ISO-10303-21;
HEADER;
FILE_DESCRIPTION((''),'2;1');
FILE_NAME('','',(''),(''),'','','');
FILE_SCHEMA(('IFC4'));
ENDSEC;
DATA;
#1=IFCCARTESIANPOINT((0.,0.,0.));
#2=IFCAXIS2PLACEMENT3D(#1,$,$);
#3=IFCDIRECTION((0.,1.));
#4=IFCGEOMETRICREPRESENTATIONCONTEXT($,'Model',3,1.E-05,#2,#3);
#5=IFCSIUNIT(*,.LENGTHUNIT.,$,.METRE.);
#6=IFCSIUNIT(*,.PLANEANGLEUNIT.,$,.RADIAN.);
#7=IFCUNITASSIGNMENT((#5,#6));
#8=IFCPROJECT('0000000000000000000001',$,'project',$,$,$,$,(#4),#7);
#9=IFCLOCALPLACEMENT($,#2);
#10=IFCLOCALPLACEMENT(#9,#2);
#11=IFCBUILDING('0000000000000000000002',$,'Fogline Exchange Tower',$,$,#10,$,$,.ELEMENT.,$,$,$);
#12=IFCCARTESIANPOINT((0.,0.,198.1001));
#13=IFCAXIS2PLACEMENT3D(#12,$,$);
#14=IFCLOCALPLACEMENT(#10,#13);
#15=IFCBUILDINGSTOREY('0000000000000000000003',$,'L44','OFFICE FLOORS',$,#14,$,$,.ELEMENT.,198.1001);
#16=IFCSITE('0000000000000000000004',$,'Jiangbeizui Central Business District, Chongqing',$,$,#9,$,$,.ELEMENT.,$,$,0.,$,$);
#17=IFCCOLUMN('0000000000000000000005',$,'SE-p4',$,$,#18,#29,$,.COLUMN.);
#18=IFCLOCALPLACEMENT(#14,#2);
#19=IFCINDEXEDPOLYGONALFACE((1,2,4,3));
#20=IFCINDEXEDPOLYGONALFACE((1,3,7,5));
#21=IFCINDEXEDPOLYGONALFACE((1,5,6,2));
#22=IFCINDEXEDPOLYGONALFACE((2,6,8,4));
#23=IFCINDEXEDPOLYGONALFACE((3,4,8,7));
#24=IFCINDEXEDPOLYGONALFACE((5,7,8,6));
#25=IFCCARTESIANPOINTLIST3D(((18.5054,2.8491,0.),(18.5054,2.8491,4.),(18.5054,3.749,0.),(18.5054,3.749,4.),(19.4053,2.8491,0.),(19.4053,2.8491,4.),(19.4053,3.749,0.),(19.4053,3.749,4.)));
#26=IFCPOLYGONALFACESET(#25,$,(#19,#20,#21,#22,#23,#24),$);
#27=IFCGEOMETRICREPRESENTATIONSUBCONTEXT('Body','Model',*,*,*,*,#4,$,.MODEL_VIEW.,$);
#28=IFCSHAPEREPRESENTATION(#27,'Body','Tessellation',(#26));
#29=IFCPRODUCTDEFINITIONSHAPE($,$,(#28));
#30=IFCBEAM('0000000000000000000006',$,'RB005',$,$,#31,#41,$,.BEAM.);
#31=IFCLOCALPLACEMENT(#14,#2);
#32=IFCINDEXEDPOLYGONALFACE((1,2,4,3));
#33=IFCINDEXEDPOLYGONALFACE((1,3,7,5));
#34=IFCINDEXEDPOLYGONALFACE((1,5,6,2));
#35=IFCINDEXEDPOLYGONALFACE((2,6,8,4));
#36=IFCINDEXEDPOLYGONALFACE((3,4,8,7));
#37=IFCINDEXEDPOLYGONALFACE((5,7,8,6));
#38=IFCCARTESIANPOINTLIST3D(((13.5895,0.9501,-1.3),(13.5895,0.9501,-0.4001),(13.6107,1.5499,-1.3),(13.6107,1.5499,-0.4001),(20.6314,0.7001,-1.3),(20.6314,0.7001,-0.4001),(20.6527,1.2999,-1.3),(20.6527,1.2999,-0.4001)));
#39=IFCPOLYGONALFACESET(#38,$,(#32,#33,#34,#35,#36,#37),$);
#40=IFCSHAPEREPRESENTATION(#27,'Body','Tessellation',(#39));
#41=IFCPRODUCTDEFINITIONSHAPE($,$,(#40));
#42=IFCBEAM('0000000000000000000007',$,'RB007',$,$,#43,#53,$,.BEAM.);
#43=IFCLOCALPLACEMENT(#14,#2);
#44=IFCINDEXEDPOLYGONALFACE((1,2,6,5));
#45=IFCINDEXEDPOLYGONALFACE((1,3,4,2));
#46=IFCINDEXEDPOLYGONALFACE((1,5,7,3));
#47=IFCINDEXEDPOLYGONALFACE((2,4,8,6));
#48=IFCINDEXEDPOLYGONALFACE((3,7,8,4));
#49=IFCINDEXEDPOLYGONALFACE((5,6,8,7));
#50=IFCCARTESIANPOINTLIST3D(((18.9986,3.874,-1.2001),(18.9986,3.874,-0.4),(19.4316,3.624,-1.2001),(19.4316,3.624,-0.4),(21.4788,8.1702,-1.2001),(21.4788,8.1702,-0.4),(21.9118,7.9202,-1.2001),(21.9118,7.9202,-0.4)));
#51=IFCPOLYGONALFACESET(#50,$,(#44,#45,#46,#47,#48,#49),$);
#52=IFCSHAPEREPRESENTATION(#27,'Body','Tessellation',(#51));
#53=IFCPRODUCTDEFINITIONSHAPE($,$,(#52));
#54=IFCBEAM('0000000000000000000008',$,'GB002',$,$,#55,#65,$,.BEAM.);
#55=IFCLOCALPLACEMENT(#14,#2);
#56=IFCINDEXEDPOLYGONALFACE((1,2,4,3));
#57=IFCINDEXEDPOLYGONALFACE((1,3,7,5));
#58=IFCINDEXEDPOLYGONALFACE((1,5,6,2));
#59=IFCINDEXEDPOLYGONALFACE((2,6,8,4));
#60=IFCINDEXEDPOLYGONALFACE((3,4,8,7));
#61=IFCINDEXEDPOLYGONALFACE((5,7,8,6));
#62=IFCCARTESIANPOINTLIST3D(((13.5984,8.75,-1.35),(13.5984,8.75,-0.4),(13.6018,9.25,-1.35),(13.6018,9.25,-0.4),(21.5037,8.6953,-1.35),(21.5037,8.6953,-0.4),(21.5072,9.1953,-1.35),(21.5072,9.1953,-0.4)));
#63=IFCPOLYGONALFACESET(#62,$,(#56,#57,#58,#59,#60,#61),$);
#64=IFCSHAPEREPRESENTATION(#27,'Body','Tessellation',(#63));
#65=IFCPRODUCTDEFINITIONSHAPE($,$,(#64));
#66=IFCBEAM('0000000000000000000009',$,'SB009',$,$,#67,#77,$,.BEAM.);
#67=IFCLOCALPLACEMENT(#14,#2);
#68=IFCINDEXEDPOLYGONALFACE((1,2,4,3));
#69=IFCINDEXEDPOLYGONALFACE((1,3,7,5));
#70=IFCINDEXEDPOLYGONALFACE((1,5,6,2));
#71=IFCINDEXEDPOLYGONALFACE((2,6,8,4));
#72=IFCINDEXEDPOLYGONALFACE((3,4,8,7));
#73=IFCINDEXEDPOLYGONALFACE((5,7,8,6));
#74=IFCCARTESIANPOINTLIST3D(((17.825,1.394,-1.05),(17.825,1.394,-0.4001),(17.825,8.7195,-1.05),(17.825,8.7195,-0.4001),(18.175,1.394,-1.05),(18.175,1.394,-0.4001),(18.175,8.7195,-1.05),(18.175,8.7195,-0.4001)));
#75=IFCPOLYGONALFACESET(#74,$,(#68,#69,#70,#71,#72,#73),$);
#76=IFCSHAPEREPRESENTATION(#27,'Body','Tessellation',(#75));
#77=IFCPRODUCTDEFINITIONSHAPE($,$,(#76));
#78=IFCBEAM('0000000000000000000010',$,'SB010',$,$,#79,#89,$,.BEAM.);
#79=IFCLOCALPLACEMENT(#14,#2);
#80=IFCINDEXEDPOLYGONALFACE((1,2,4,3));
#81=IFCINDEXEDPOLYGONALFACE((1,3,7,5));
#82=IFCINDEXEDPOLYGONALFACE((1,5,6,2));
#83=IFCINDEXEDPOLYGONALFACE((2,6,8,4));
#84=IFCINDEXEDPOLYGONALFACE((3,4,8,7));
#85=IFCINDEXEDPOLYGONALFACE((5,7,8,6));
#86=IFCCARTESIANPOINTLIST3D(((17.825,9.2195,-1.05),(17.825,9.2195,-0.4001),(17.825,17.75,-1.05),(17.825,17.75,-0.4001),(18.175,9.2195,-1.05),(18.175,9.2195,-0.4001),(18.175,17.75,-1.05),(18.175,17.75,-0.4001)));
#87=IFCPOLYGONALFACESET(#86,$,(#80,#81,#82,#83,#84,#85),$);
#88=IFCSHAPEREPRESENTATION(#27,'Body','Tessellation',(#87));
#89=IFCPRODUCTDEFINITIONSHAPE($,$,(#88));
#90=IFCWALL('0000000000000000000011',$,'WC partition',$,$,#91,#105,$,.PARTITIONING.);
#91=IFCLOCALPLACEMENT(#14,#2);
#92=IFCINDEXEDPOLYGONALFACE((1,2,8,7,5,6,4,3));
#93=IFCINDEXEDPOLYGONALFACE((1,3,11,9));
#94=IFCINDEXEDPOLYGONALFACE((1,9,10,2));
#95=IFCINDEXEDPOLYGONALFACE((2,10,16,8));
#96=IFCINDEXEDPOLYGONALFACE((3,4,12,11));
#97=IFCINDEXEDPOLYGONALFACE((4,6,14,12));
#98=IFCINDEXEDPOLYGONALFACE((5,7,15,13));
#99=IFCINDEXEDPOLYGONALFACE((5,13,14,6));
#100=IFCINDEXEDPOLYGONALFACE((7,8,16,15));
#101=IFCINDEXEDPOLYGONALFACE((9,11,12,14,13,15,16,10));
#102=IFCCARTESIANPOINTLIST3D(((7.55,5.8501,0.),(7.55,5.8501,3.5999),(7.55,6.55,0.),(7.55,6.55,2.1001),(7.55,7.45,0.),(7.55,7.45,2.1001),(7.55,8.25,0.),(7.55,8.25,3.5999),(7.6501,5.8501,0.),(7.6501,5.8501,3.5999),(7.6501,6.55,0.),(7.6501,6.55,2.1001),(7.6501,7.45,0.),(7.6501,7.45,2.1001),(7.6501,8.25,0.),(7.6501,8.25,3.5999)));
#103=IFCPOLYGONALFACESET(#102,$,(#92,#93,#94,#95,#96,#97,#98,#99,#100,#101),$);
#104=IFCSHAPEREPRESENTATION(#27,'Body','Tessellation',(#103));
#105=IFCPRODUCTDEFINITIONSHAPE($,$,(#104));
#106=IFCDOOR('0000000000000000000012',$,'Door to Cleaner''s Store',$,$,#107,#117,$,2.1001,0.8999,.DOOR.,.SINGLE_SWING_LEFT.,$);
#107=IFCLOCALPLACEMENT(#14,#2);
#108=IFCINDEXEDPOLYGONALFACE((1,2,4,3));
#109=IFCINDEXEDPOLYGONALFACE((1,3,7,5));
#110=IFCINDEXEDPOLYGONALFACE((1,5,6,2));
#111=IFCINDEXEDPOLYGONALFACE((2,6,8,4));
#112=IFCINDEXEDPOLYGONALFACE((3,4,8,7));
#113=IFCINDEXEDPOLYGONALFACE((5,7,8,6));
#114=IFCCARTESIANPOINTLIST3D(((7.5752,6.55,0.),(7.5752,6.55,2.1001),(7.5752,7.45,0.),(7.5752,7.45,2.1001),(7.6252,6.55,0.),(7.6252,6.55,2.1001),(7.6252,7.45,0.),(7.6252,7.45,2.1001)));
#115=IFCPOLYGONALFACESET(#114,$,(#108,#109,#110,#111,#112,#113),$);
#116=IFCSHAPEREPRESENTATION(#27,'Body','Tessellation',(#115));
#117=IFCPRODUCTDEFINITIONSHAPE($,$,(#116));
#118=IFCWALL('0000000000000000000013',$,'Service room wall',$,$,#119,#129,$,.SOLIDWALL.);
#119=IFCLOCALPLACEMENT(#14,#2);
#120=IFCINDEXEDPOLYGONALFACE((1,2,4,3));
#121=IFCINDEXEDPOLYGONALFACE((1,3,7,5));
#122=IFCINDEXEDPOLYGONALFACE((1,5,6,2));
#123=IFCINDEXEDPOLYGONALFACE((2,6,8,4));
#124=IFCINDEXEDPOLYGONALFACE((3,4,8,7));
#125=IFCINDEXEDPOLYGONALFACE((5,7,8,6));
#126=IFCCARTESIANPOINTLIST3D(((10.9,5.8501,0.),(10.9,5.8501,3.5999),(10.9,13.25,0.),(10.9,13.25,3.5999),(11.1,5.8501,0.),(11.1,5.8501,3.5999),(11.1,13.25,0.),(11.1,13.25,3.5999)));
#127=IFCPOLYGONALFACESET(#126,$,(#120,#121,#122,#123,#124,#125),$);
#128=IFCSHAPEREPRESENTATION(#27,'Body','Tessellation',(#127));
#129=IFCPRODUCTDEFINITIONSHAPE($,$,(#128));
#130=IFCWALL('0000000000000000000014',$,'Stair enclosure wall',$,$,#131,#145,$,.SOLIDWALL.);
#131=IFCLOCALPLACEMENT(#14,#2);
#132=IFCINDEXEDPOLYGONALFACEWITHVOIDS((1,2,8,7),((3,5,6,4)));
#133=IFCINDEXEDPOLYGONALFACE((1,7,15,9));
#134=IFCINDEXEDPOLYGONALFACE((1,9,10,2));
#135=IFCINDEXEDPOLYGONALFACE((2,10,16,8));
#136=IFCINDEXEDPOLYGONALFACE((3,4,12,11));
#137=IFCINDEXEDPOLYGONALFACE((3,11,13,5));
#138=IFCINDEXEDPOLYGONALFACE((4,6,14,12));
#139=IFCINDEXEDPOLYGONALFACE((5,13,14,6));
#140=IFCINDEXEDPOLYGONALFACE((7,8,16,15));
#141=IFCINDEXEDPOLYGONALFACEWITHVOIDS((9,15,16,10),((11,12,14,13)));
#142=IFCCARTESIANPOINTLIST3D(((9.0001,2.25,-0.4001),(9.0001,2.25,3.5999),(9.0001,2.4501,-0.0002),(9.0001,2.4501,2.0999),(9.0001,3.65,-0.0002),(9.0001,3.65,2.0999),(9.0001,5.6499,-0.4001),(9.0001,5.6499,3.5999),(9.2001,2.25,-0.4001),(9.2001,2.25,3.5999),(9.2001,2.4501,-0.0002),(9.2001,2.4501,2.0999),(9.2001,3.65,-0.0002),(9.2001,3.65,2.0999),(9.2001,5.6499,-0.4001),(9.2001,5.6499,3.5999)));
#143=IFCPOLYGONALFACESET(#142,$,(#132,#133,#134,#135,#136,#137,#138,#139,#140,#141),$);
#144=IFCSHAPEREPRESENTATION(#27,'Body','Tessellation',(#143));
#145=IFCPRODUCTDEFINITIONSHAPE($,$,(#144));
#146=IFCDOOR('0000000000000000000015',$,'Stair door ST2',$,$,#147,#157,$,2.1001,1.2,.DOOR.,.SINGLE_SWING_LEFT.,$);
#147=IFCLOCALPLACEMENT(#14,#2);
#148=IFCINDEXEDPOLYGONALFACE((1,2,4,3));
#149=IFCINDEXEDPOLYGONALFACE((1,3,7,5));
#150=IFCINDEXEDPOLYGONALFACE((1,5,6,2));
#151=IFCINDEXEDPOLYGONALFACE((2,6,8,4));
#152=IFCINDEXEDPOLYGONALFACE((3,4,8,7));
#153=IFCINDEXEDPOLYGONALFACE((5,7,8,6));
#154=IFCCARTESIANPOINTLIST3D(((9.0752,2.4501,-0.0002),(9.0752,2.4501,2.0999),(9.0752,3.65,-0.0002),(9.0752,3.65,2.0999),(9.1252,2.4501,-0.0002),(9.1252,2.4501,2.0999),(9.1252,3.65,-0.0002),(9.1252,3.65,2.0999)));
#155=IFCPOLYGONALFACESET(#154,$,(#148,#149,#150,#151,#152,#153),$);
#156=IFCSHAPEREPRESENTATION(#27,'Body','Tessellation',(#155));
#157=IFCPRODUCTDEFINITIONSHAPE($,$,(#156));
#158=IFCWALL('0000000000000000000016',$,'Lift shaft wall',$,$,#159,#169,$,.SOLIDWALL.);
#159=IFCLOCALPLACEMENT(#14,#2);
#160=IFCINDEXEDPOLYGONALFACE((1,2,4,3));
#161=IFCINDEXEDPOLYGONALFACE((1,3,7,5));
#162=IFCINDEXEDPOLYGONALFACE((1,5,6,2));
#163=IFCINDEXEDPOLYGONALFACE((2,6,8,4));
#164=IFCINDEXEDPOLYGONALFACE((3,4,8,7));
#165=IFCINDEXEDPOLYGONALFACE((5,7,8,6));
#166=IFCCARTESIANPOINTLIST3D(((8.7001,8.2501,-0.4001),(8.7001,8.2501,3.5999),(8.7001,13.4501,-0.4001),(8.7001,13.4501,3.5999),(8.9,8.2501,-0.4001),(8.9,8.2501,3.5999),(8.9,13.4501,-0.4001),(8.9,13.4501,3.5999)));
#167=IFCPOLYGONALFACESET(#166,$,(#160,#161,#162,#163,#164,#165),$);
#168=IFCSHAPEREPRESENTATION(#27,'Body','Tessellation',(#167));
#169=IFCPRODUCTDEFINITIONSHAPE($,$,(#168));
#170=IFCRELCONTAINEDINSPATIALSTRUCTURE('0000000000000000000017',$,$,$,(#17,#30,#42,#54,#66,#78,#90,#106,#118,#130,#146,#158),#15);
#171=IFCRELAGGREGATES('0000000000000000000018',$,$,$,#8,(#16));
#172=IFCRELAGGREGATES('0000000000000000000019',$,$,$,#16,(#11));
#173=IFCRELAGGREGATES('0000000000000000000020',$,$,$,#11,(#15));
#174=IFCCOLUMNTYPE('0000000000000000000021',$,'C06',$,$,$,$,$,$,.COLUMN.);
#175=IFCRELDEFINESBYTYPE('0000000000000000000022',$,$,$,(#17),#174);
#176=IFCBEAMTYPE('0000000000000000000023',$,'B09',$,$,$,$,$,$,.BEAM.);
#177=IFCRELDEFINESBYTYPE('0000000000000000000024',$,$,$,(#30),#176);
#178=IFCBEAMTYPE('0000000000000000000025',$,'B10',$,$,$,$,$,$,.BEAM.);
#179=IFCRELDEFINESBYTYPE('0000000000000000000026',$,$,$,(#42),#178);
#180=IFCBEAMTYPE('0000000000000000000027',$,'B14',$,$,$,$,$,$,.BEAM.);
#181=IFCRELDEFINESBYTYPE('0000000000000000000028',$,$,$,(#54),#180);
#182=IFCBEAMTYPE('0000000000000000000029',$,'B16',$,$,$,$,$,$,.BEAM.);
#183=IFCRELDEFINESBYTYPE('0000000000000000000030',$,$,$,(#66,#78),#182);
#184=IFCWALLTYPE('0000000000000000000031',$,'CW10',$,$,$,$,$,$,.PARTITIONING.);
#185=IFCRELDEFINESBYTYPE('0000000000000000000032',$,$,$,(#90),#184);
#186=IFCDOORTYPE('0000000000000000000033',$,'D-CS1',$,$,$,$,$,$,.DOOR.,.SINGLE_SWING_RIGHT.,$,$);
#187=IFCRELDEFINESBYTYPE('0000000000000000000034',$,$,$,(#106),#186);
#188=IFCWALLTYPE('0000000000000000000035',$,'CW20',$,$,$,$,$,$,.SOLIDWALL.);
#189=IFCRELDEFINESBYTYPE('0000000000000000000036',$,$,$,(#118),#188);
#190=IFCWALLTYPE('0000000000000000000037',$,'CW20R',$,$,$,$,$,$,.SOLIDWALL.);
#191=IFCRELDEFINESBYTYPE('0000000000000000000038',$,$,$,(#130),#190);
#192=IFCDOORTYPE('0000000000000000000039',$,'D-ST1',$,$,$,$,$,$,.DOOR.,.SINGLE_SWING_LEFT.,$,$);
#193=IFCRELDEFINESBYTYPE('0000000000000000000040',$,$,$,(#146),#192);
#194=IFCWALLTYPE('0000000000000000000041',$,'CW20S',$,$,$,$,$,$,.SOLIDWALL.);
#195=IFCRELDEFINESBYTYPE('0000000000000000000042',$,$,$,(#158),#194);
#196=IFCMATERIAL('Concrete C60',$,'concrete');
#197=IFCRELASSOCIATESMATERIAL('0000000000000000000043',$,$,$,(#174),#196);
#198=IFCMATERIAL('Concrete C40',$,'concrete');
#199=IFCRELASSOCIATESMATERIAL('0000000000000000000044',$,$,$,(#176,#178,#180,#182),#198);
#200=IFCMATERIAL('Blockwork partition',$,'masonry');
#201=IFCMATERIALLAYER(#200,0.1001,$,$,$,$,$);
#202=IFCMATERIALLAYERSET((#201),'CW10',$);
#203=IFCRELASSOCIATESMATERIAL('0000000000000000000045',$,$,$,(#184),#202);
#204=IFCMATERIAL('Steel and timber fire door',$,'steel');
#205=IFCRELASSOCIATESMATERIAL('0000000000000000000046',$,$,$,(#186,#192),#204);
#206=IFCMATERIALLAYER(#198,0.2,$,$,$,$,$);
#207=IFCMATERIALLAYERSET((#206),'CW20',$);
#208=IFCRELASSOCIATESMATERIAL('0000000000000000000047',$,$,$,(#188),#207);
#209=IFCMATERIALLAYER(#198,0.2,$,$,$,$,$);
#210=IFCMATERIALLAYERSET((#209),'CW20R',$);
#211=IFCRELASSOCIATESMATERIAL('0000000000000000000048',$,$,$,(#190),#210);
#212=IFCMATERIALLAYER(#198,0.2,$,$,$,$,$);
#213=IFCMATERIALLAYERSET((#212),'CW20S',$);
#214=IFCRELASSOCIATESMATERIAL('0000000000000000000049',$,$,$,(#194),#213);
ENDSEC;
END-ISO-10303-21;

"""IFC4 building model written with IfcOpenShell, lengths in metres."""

from ifc_helpers import new_model, si_unit, direction, frame, frame_2d, origin, origin_2d, place, context, subcontext, project, spatial, rectangle, extrude, material, layer, layer_set, material_profile, profile_set, type_object, element, fill, save


model = new_model("IFC4")

# Units and contexts
model_context = context("Model", 3, precision=1e-05, world=origin(), true_north=direction((0.0, 1.0)))
body_context = subcontext(model_context, "Body", "Model", "MODEL_VIEW")
ifc_project = project(units=[si_unit("LENGTHUNIT", "METRE"), si_unit("PLANEANGLEUNIT", "RADIAN")], contexts=[model_context])

# Site, building, storey
site_placement = place(None, origin())
site = spatial("IfcSite", under=ifc_project, at=site_placement, Name="Jiangbeizui Central Business District, Chongqing", CompositionType="ELEMENT", RefElevation=0.0)
building_placement = place(site_placement, origin())
building = spatial("IfcBuilding", under=site, at=building_placement, Name="Fogline Exchange Tower", CompositionType="ELEMENT")
storey_placement = place(building_placement, frame((0.0, 0.0, 198.1001)))
storey = spatial("IfcBuildingStorey", under=building, at=storey_placement, Name="L44", Description="OFFICE FLOORS", CompositionType="ELEMENT", Elevation=198.1001)

# Column
ifc_material_1 = material(Name="Concrete C60", Category="concrete")
ifc_material_profile_1 = material_profile(ifc_material_1, rectangle(XDim=0.8999, YDim=0.8999, at=origin_2d()), Name="RC 900x900")
ifc_profile_set_1 = profile_set([ifc_material_profile_1], Name="Concrete C60")
column_type = type_object("IfcColumnType", Name="C06", PredefinedType="COLUMN", material=ifc_profile_set_1)
column_placement = place(storey_placement, frame((18.9553, 3.2991, 0.0), z_axis=(0.0, 0.0, 1.0), x_axis=(1.0, 0.0, 0.0)))
element("IfcColumn", 1, at=column_placement, inside=storey, type_object=column_type, Name="SE-p4", PredefinedType="COLUMN", context=body_context, shape_type="SweptSolid", body=[
    extrude(rectangle(XDim=0.8999, YDim=0.8999, at=origin_2d()), origin(), (0.0, 0.0, 1.0), 4.0),
])

# Beams
ifc_material_2 = material(Name="Concrete C40", Category="concrete")
ifc_material_profile_2 = material_profile(ifc_material_2, rectangle(XDim=0.6001, YDim=0.8999, at=origin_2d()), Name="RC 600x900")
ifc_profile_set_2 = profile_set([ifc_material_profile_2], Name="Concrete C40")
beam_type_1 = type_object("IfcBeamType", Name="B09", PredefinedType="BEAM", material=ifc_profile_set_2)
beam_1_placement = place(storey_placement, frame((13.6001, 1.25, -0.8501), z_axis=(0.99937, -0.035479, 0.0), x_axis=(0.035479, 0.99937, 0.0)))
element("IfcBeam", 2, at=beam_1_placement, inside=storey, type_object=beam_type_1, Name="RB005", PredefinedType="BEAM", context=body_context, shape_type="SweptSolid", body=[
    extrude(rectangle(XDim=0.6001, YDim=0.8999, at=origin_2d()), origin(), (0.0, 0.0, 1.0), 7.0464),
])
ifc_material_profile_3 = material_profile(ifc_material_2, rectangle(XDim=0.5, YDim=0.8, at=origin_2d()), Name="RC 500x800")
ifc_profile_set_3 = profile_set([ifc_material_profile_3], Name="Concrete C40")
beam_type_2 = type_object("IfcBeamType", Name="B10", PredefinedType="BEAM", material=ifc_profile_set_3)
beam_2_placement = place(storey_placement, frame((19.2151, 3.749, -0.8), z_axis=(0.499977, 0.866039, 0.0), x_axis=(-0.866039, 0.499977, 0.0)))
element("IfcBeam", 3, at=beam_2_placement, inside=storey, type_object=beam_type_2, Name="RB007", PredefinedType="BEAM", context=body_context, shape_type="SweptSolid", body=[
    extrude(rectangle(XDim=0.5, YDim=0.8, at=origin_2d()), origin(), (0.0, 0.0, 1.0), 4.9607),
])
ifc_material_profile_4 = material_profile(ifc_material_2, rectangle(XDim=0.5, YDim=0.95, at=origin_2d()), Name="RC 500x950")
ifc_profile_set_4 = profile_set([ifc_material_profile_4], Name="Concrete C40")
beam_type_3 = type_object("IfcBeamType", Name="B14", PredefinedType="BEAM", material=ifc_profile_set_4)
beam_3_placement = place(storey_placement, frame((13.6001, 9.0, -0.875), z_axis=(0.999976, -0.006918, 0.0), x_axis=(0.006918, 0.999976, 0.0)))
element("IfcBeam", 4, at=beam_3_placement, inside=storey, type_object=beam_type_3, Name="GB002", PredefinedType="BEAM", context=body_context, shape_type="SweptSolid", body=[
    extrude(rectangle(XDim=0.5, YDim=0.95, at=origin_2d()), origin(), (0.0, 0.0, 1.0), 7.9055),
])
ifc_material_profile_5 = material_profile(ifc_material_2, rectangle(XDim=0.3501, YDim=0.6499, at=origin_2d()), Name="RC 350x650")
ifc_profile_set_5 = profile_set([ifc_material_profile_5], Name="Concrete C40")
beam_type_4 = type_object("IfcBeamType", Name="B16", PredefinedType="BEAM", material=ifc_profile_set_5)
beam_4_placement = place(storey_placement, frame((18.0, 1.394, -0.7251), z_axis=(0.0, 1.0, 0.0), x_axis=(-1.0, 0.0, 0.0)))
element("IfcBeam", 5, at=beam_4_placement, inside=storey, type_object=beam_type_4, Name="SB009", PredefinedType="BEAM", context=body_context, shape_type="SweptSolid", body=[
    extrude(rectangle(XDim=0.3501, YDim=0.6499, at=origin_2d()), origin(), (0.0, 0.0, 1.0), 7.3254),
])
beam_5_placement = place(storey_placement, frame((18.0, 9.2195, -0.7251), z_axis=(0.0, 1.0, 0.0), x_axis=(-1.0, 0.0, 0.0)))
element("IfcBeam", 6, at=beam_5_placement, inside=storey, type_object=beam_type_4, Name="SB010", PredefinedType="BEAM", context=body_context, shape_type="SweptSolid", body=[
    extrude(rectangle(XDim=0.3501, YDim=0.6499, at=origin_2d()), origin(), (0.0, 0.0, 1.0), 8.5305),
])

# Wall, opening, door
ifc_material_3 = material(Name="Blockwork partition", Category="masonry")
ifc_layer_1 = layer(ifc_material_3, 0.1001)
ifc_layer_set_1 = layer_set([ifc_layer_1], Name="CW10")
wall_type_1 = type_object("IfcWallType", Name="CW10", PredefinedType="PARTITIONING", material=ifc_layer_set_1)
wall_1_placement = place(storey_placement, frame((7.6001, 5.8501, 0.0), z_axis=(0.0, 0.0, 1.0), x_axis=(0.0, 1.0, 0.0)))
wall_1 = element("IfcWall", 7, at=wall_1_placement, inside=storey, type_object=wall_type_1, Name="WC partition", PredefinedType="PARTITIONING", context=body_context, shape_type="SweptSolid", body=[
    extrude(rectangle(XDim=2.3999, YDim=0.1001, at=frame_2d((1.2, 0.0))), origin(), (0.0, 0.0, 1.0), 3.5999),
])
opening_1_placement = place(wall_1_placement, frame((0.7, 0.0, 0.0)))
opening_1 = element("IfcOpeningElement", 8, at=opening_1_placement, cuts=wall_1, PredefinedType="OPENING", context=body_context, shape_type="SweptSolid", body=[
    extrude(rectangle(XDim=0.8999, YDim=2.1001, at=frame_2d((0.45, 1.05))), frame((0.0, 0.0601, 0.0), z_axis=(0.0, -1.0, 0.0), x_axis=(1.0, 0.0, 0.0)), (0.0, 0.0, 1.0), 0.1201),
])
ifc_material_4 = material(Name="Steel and timber fire door", Category="steel")
door_type_1 = type_object("IfcDoorType", Name="D-CS1", OperationType="SINGLE_SWING_RIGHT", PredefinedType="DOOR", material=ifc_material_4)
door_1_placement = place(opening_1_placement, origin())
door_1 = element("IfcDoor", 9, at=door_1_placement, inside=storey, type_object=door_type_1, Name="Door to Cleaner's Store", OperationType="SINGLE_SWING_LEFT", OverallHeight=2.1001, OverallWidth=0.8999, PredefinedType="DOOR", context=body_context, shape_type="SweptSolid", body=[
    extrude(rectangle(XDim=0.8999, YDim=2.1001, at=frame_2d((0.45, 1.05))), frame((0.0, 0.0249, 0.0), z_axis=(0.0, -1.0, 0.0), x_axis=(1.0, 0.0, 0.0)), (0.0, 0.0, 1.0), 0.05),
])
fill(opening_1, door_1)

# Wall
ifc_layer_2 = layer(ifc_material_2, 0.2)
ifc_layer_set_2 = layer_set([ifc_layer_2], Name="CW20")
wall_type_2 = type_object("IfcWallType", Name="CW20", PredefinedType="SOLIDWALL", material=ifc_layer_set_2)
wall_2_placement = place(storey_placement, frame((11.0, 5.8501, 0.0), z_axis=(0.0, 0.0, 1.0), x_axis=(0.0, 1.0, 0.0)))
element("IfcWall", 10, at=wall_2_placement, inside=storey, type_object=wall_type_2, Name="Service room wall", PredefinedType="SOLIDWALL", context=body_context, shape_type="SweptSolid", body=[
    extrude(rectangle(XDim=7.3999, YDim=0.2, at=frame_2d((3.7, 0.0))), origin(), (0.0, 0.0, 1.0), 3.5999),
])

# Wall, opening, door
ifc_layer_3 = layer(ifc_material_2, 0.2)
ifc_layer_set_3 = layer_set([ifc_layer_3], Name="CW20R")
wall_type_3 = type_object("IfcWallType", Name="CW20R", PredefinedType="SOLIDWALL", material=ifc_layer_set_3)
wall_3_placement = place(storey_placement, frame((9.1001, 2.25, -0.4001), z_axis=(0.0, 0.0, 1.0), x_axis=(0.0, 1.0, 0.0)))
wall_3 = element("IfcWall", 11, at=wall_3_placement, inside=storey, type_object=wall_type_3, Name="Stair enclosure wall", PredefinedType="SOLIDWALL", context=body_context, shape_type="SweptSolid", body=[
    extrude(rectangle(XDim=3.3999, YDim=0.2, at=frame_2d((1.7, 0.0))), origin(), (0.0, 0.0, 1.0), 4.0),
])
opening_2_placement = place(wall_3_placement, frame((0.2, 0.0, 0.3999)))
opening_2 = element("IfcOpeningElement", 12, at=opening_2_placement, cuts=wall_3, PredefinedType="OPENING", context=body_context, shape_type="SweptSolid", body=[
    extrude(rectangle(XDim=1.2, YDim=2.1001, at=frame_2d((0.6001, 1.05))), frame((0.0, 0.1099, 0.0), z_axis=(0.0, -1.0, 0.0), x_axis=(1.0, 0.0, 0.0)), (0.0, 0.0, 1.0), 0.22),
])
door_type_2 = type_object("IfcDoorType", Name="D-ST1", OperationType="SINGLE_SWING_LEFT", PredefinedType="DOOR", material=ifc_material_4)
door_2_placement = place(opening_2_placement, origin())
door_2 = element("IfcDoor", 13, at=door_2_placement, inside=storey, type_object=door_type_2, Name="Stair door ST2", OperationType="SINGLE_SWING_LEFT", OverallHeight=2.1001, OverallWidth=1.2, PredefinedType="DOOR", context=body_context, shape_type="SweptSolid", body=[
    extrude(rectangle(XDim=1.2, YDim=2.1001, at=frame_2d((0.6001, 1.05))), frame((0.0, 0.0249, 0.0), z_axis=(0.0, -1.0, 0.0), x_axis=(1.0, 0.0, 0.0)), (0.0, 0.0, 1.0), 0.05),
])
fill(opening_2, door_2)

# Wall
ifc_layer_4 = layer(ifc_material_2, 0.2)
ifc_layer_set_4 = layer_set([ifc_layer_4], Name="CW20S")
wall_type_4 = type_object("IfcWallType", Name="CW20S", PredefinedType="SOLIDWALL", material=ifc_layer_set_4)
wall_4_placement = place(storey_placement, frame((8.8, 8.25, -0.4001), z_axis=(0.0, 0.0, 1.0), x_axis=(0.0, 1.0, 0.0)))
element("IfcWall", 14, at=wall_4_placement, inside=storey, type_object=wall_type_4, Name="Lift shaft wall", PredefinedType="SOLIDWALL", context=body_context, shape_type="SweptSolid", body=[
    extrude(rectangle(XDim=5.2, YDim=0.2, at=frame_2d((2.6001, 0.0))), origin(), (0.0, 0.0, 1.0), 4.0),
])

save(model, "model.ifc")
